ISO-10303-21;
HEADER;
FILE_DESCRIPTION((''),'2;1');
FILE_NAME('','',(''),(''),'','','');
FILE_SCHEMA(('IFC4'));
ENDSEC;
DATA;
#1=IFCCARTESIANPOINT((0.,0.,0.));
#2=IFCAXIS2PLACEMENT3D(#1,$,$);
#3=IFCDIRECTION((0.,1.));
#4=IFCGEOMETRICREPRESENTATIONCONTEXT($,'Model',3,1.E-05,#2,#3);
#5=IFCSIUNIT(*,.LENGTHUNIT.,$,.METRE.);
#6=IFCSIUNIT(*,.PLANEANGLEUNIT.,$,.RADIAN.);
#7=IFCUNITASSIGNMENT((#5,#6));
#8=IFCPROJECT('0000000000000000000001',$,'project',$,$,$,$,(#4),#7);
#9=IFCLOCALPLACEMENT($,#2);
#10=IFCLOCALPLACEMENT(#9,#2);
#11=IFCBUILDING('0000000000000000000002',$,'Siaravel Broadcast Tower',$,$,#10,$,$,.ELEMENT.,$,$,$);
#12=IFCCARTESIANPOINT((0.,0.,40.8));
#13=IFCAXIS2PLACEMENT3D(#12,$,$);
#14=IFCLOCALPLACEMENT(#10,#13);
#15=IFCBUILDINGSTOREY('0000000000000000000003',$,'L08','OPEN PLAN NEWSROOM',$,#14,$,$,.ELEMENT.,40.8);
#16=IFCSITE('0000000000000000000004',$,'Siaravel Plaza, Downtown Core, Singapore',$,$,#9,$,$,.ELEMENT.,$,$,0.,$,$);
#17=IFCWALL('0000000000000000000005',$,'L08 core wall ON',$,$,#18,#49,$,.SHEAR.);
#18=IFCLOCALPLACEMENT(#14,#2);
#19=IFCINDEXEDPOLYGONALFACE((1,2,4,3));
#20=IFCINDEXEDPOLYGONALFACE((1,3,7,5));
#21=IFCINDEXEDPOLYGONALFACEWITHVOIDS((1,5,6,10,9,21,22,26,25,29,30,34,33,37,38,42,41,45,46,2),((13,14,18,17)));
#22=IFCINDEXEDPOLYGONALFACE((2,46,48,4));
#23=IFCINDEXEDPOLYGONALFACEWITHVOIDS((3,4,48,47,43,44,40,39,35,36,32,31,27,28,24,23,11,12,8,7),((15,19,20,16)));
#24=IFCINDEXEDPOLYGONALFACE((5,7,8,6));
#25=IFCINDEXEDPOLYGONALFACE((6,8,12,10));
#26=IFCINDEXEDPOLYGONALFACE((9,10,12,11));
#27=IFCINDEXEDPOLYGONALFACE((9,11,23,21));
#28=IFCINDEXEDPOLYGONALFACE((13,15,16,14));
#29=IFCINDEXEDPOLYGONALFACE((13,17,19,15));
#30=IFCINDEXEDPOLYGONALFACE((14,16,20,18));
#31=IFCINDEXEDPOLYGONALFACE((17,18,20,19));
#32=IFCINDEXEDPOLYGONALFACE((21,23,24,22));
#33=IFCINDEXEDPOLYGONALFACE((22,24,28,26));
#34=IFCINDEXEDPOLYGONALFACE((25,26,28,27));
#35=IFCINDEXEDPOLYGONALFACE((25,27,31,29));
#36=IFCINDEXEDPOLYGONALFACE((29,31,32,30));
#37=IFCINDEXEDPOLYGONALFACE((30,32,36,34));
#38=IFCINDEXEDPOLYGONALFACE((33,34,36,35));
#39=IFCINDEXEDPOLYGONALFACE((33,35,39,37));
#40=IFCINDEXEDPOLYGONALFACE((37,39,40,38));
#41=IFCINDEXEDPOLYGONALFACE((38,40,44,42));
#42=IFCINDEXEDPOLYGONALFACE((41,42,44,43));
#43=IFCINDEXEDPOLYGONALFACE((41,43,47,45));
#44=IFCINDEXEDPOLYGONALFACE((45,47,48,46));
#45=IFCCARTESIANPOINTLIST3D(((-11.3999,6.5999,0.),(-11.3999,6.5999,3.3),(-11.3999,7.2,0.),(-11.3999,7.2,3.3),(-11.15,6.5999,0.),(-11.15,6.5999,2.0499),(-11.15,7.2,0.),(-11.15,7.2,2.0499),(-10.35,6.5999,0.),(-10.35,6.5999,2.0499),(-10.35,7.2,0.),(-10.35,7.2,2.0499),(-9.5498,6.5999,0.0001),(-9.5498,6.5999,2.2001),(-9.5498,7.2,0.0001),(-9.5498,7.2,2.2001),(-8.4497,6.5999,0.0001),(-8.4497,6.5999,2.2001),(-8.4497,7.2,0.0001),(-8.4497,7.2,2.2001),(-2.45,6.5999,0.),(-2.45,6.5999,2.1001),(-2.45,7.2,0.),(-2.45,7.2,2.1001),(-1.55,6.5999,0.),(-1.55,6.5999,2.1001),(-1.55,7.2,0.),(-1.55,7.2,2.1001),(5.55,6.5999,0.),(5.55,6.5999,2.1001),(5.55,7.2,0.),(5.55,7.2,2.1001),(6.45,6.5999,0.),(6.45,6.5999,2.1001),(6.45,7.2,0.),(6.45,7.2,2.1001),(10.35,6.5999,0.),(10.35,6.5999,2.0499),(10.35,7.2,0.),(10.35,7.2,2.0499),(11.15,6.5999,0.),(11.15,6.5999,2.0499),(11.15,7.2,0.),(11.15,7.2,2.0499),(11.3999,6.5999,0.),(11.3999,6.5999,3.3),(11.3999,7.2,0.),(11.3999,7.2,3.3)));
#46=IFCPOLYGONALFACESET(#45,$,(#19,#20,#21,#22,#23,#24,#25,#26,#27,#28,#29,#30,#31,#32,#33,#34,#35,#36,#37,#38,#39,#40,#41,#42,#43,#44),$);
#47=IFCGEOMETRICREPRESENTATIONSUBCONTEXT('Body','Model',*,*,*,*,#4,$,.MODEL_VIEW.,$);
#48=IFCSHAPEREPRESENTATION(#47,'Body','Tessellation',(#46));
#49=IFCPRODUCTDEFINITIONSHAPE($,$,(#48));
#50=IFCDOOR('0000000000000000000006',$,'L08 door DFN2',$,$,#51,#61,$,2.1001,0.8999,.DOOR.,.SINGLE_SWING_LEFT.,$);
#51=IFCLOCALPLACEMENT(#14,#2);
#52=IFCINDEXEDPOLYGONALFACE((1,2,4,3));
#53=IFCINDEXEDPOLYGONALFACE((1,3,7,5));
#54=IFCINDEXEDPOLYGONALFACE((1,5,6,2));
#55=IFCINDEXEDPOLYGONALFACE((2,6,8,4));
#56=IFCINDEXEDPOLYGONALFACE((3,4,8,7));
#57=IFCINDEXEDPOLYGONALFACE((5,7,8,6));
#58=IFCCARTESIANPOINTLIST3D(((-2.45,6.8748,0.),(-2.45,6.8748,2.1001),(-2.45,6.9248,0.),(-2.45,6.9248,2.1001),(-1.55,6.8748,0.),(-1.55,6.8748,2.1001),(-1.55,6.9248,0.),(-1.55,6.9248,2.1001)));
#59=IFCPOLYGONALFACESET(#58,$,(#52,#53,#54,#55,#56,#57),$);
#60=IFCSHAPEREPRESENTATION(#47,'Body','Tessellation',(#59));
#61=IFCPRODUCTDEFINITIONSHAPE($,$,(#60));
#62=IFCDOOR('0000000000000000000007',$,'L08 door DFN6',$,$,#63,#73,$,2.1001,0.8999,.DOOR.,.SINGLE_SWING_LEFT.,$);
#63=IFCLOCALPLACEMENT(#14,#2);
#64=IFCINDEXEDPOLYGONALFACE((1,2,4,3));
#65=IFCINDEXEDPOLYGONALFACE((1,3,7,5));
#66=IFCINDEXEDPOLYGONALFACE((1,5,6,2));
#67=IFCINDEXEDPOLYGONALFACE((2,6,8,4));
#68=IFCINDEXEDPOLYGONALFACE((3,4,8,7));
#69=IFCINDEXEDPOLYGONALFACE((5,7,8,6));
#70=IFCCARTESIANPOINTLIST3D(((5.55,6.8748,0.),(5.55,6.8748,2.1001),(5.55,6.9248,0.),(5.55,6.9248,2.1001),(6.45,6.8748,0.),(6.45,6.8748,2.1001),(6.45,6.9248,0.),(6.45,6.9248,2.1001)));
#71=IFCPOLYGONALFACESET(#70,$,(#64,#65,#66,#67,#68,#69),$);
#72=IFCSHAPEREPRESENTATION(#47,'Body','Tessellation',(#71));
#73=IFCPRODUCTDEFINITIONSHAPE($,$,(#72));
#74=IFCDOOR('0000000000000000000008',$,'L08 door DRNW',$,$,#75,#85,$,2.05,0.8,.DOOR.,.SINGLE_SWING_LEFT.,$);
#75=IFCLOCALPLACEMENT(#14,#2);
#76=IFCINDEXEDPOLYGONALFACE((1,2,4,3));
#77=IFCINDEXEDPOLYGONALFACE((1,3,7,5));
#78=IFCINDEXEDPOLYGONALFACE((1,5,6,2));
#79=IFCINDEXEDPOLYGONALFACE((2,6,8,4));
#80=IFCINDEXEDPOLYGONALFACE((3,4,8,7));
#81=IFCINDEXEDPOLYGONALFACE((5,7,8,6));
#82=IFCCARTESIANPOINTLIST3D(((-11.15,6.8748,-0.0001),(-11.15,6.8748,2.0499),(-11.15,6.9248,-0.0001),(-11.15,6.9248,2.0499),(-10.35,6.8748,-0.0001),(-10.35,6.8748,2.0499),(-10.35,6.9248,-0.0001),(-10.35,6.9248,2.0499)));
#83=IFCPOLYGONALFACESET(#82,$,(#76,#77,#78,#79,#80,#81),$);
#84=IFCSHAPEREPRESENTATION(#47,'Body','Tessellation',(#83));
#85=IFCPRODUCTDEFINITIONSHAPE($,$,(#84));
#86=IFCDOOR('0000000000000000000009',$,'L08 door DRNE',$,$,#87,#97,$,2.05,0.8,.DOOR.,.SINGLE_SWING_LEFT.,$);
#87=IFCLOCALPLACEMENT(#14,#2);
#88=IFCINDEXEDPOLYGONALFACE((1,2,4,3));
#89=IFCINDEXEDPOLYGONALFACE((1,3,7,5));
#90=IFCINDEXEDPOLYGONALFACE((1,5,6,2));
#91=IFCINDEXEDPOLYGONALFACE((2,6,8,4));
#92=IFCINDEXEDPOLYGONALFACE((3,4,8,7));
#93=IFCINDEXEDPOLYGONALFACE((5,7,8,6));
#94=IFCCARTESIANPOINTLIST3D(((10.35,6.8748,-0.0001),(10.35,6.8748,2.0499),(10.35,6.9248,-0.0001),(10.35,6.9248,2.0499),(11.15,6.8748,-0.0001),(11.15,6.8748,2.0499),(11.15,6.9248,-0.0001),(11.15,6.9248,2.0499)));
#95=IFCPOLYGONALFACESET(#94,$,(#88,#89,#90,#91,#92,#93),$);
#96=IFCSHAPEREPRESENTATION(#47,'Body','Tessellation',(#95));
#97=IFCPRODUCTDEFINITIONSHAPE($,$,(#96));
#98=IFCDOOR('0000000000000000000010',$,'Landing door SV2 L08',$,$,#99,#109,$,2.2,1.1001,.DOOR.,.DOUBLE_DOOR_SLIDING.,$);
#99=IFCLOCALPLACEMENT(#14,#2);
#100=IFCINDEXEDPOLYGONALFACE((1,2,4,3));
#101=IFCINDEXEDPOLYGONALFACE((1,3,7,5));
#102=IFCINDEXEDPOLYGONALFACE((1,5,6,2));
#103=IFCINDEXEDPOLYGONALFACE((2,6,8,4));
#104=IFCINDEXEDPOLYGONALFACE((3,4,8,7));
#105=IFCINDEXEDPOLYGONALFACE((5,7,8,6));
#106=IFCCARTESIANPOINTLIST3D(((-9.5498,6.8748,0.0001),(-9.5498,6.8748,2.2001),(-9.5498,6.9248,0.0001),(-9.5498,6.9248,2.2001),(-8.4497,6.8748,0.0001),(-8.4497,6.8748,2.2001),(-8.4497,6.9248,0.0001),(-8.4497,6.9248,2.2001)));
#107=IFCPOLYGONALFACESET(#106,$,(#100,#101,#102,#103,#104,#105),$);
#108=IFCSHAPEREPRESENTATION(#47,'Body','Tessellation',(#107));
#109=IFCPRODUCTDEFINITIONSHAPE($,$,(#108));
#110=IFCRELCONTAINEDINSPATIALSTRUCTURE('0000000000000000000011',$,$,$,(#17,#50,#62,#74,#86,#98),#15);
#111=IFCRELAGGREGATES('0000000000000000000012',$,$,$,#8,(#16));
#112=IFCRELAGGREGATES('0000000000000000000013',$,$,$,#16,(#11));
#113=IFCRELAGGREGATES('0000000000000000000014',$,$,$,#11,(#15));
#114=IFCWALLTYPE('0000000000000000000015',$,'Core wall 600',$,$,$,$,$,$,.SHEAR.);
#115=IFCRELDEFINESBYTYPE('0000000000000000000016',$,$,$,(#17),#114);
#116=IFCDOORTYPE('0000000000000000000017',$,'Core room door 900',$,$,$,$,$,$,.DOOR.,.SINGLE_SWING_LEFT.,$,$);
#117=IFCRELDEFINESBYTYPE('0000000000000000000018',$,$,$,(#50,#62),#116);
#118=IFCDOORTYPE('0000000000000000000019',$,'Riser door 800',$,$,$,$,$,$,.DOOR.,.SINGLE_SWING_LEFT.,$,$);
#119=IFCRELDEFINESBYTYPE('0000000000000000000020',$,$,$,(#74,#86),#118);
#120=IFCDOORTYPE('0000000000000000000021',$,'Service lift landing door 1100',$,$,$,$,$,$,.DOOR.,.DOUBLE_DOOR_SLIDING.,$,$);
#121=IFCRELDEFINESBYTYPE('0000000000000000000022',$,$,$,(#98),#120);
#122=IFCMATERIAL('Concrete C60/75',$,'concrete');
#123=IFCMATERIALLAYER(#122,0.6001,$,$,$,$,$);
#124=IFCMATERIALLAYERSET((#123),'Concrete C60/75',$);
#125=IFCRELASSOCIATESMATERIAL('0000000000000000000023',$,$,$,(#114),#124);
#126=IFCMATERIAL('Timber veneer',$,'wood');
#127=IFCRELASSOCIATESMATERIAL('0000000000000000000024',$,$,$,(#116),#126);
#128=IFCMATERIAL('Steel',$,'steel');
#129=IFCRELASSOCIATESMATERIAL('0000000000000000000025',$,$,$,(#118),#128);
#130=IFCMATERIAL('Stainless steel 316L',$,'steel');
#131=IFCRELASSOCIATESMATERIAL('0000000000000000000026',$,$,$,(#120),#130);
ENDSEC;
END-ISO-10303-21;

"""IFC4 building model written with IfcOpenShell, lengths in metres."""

from ifc_helpers import new_model, si_unit, direction, frame, frame_2d, origin, place, context, subcontext, project, spatial, rectangle, extrude, material, layer, layer_set, type_object, element, fill, save


model = new_model("IFC4")

# Units and contexts
model_context = context("Model", 3, precision=1e-05, world=origin(), true_north=direction((0.0, 1.0)))
body_context = subcontext(model_context, "Body", "Model", "MODEL_VIEW")
ifc_project = project(units=[si_unit("LENGTHUNIT", "METRE"), si_unit("PLANEANGLEUNIT", "RADIAN")], contexts=[model_context])

# Site, building, storey
site_placement = place(None, origin())
site = spatial("IfcSite", under=ifc_project, at=site_placement, Name="Siaravel Plaza, Downtown Core, Singapore", CompositionType="ELEMENT", RefElevation=0.0)
building_placement = place(site_placement, origin())
building = spatial("IfcBuilding", under=site, at=building_placement, Name="Siaravel Broadcast Tower", CompositionType="ELEMENT")
storey_placement = place(building_placement, frame((0.0, 0.0, 40.8)))
storey = spatial("IfcBuildingStorey", under=building, at=storey_placement, Name="L08", Description="OPEN PLAN NEWSROOM", CompositionType="ELEMENT", Elevation=40.8)

# Wall, openings, doors
ifc_material_1 = material(Name="Concrete C60/75", Category="concrete")
ifc_layer_1 = layer(ifc_material_1, 0.6001)
ifc_layer_set_1 = layer_set([ifc_layer_1], Name="Concrete C60/75")
wall_type_1 = type_object("IfcWallType", Name="Core wall 600", PredefinedType="SHEAR", material=ifc_layer_set_1)
wall_1_placement = place(storey_placement, frame((-11.3999, 6.8999, 0.0), z_axis=(0.0, 0.0, 1.0), x_axis=(1.0, 0.0, 0.0)))
wall_1 = element("IfcWall", 1, at=wall_1_placement, inside=storey, type_object=wall_type_1, Name="L08 core wall ON", PredefinedType="SHEAR", context=body_context, shape_type="SweptSolid", body=[
    extrude(rectangle(XDim=22.7998, YDim=0.6001, at=frame_2d((11.3999, 0.0))), origin(), (0.0, 0.0, 1.0), 3.3),
])
opening_1_placement = place(wall_1_placement, frame((1.8501, 0.0, 0.0)))
opening_1 = element("IfcOpeningElement", 2, at=opening_1_placement, cuts=wall_1, PredefinedType="OPENING", context=body_context, shape_type="SweptSolid", body=[
    extrude(rectangle(XDim=1.1001, YDim=2.2, at=frame_2d((0.55, 1.1001))), frame((0.0, 0.3101, 0.0), z_axis=(0.0, -1.0, 0.0), x_axis=(1.0, 0.0, 0.0)), (0.0, 0.0, 1.0), 0.6201),
])
opening_2_placement = place(wall_1_placement, frame((8.95, 0.0, 0.0)))
opening_2 = element("IfcOpeningElement", 3, at=opening_2_placement, cuts=wall_1, PredefinedType="OPENING", context=body_context, shape_type="SweptSolid", body=[
    extrude(rectangle(XDim=0.8999, YDim=2.1001, at=frame_2d((0.45, 1.05))), frame((0.0, 0.3101, 0.0), z_axis=(0.0, -1.0, 0.0), x_axis=(1.0, 0.0, 0.0)), (0.0, 0.0, 1.0), 0.6201),
])
opening_3_placement = place(wall_1_placement, frame((16.95, 0.0, 0.0)))
opening_3 = element("IfcOpeningElement", 4, at=opening_3_placement, cuts=wall_1, PredefinedType="OPENING", context=body_context, shape_type="SweptSolid", body=[
    extrude(rectangle(XDim=0.8999, YDim=2.1001, at=frame_2d((0.45, 1.05))), frame((0.0, 0.3101, 0.0), z_axis=(0.0, -1.0, 0.0), x_axis=(1.0, 0.0, 0.0)), (0.0, 0.0, 1.0), 0.6201),
])
opening_4_placement = place(wall_1_placement, frame((0.25, 0.0, 0.0)))
opening_4 = element("IfcOpeningElement", 5, at=opening_4_placement, cuts=wall_1, PredefinedType="OPENING", context=body_context, shape_type="SweptSolid", body=[
    extrude(rectangle(XDim=0.8, YDim=2.05, at=frame_2d((0.3999, 1.0249))), frame((0.0, 0.3101, 0.0), z_axis=(0.0, -1.0, 0.0), x_axis=(1.0, 0.0, 0.0)), (0.0, 0.0, 1.0), 0.6201),
])
opening_5_placement = place(wall_1_placement, frame((21.75, 0.0, 0.0)))
opening_5 = element("IfcOpeningElement", 6, at=opening_5_placement, cuts=wall_1, PredefinedType="OPENING", context=body_context, shape_type="SweptSolid", body=[
    extrude(rectangle(XDim=0.8, YDim=2.05, at=frame_2d((0.3999, 1.0249))), frame((0.0, 0.3101, 0.0), z_axis=(0.0, -1.0, 0.0), x_axis=(1.0, 0.0, 0.0)), (0.0, 0.0, 1.0), 0.6201),
])
ifc_material_2 = material(Name="Timber veneer", Category="wood")
door_type_1 = type_object("IfcDoorType", Name="Core room door 900", OperationType="SINGLE_SWING_LEFT", PredefinedType="DOOR", material=ifc_material_2)
door_1_placement = place(opening_2_placement, origin())
door_1 = element("IfcDoor", 7, at=door_1_placement, inside=storey, type_object=door_type_1, Name="L08 door DFN2", OperationType="SINGLE_SWING_LEFT", OverallHeight=2.1001, OverallWidth=0.8999, PredefinedType="DOOR", context=body_context, shape_type="SweptSolid", body=[
    extrude(rectangle(XDim=0.8999, YDim=2.1001, at=frame_2d((0.45, 1.05))), frame((0.0, 0.0249, 0.0), z_axis=(0.0, -1.0, 0.0), x_axis=(1.0, 0.0, 0.0)), (0.0, 0.0, 1.0), 0.05),
])
fill(opening_2, door_1)
door_2_placement = place(opening_3_placement, origin())
door_2 = element("IfcDoor", 8, at=door_2_placement, inside=storey, type_object=door_type_1, Name="L08 door DFN6", OperationType="SINGLE_SWING_LEFT", OverallHeight=2.1001, OverallWidth=0.8999, PredefinedType="DOOR", context=body_context, shape_type="SweptSolid", body=[
    extrude(rectangle(XDim=0.8999, YDim=2.1001, at=frame_2d((0.45, 1.05))), frame((0.0, 0.0249, 0.0), z_axis=(0.0, -1.0, 0.0), x_axis=(1.0, 0.0, 0.0)), (0.0, 0.0, 1.0), 0.05),
])
fill(opening_3, door_2)
ifc_material_3 = material(Name="Steel", Category="steel")
door_type_2 = type_object("IfcDoorType", Name="Riser door 800", OperationType="SINGLE_SWING_LEFT", PredefinedType="DOOR", material=ifc_material_3)
door_3_placement = place(opening_4_placement, origin())
door_3 = element("IfcDoor", 9, at=door_3_placement, inside=storey, type_object=door_type_2, Name="L08 door DRNW", OperationType="SINGLE_SWING_LEFT", OverallHeight=2.05, OverallWidth=0.8, PredefinedType="DOOR", context=body_context, shape_type="SweptSolid", body=[
    extrude(rectangle(XDim=0.8, YDim=2.05, at=frame_2d((0.3999, 1.0249))), frame((0.0, 0.0249, 0.0), z_axis=(0.0, -1.0, 0.0), x_axis=(1.0, 0.0, 0.0)), (0.0, 0.0, 1.0), 0.05),
])
fill(opening_4, door_3)
door_4_placement = place(opening_5_placement, origin())
door_4 = element("IfcDoor", 10, at=door_4_placement, inside=storey, type_object=door_type_2, Name="L08 door DRNE", OperationType="SINGLE_SWING_LEFT", OverallHeight=2.05, OverallWidth=0.8, PredefinedType="DOOR", context=body_context, shape_type="SweptSolid", body=[
    extrude(rectangle(XDim=0.8, YDim=2.05, at=frame_2d((0.3999, 1.0249))), frame((0.0, 0.0249, 0.0), z_axis=(0.0, -1.0, 0.0), x_axis=(1.0, 0.0, 0.0)), (0.0, 0.0, 1.0), 0.05),
])
fill(opening_5, door_4)
ifc_material_4 = material(Name="Stainless steel 316L", Category="steel")
door_type_3 = type_object("IfcDoorType", Name="Service lift landing door 1100", OperationType="DOUBLE_DOOR_SLIDING", PredefinedType="DOOR", material=ifc_material_4)
door_5_placement = place(opening_1_placement, origin())
door_5 = element("IfcDoor", 11, at=door_5_placement, inside=storey, type_object=door_type_3, Name="Landing door SV2 L08", OperationType="DOUBLE_DOOR_SLIDING", OverallHeight=2.2, OverallWidth=1.1001, PredefinedType="DOOR", context=body_context, shape_type="SweptSolid", body=[
    extrude(rectangle(XDim=1.1001, YDim=2.2, at=frame_2d((0.55, 1.1001))), frame((0.0, 0.0249, 0.0), z_axis=(0.0, -1.0, 0.0), x_axis=(1.0, 0.0, 0.0)), (0.0, 0.0, 1.0), 0.05),
])
fill(opening_1, door_5)

save(model, "model.ifc")
